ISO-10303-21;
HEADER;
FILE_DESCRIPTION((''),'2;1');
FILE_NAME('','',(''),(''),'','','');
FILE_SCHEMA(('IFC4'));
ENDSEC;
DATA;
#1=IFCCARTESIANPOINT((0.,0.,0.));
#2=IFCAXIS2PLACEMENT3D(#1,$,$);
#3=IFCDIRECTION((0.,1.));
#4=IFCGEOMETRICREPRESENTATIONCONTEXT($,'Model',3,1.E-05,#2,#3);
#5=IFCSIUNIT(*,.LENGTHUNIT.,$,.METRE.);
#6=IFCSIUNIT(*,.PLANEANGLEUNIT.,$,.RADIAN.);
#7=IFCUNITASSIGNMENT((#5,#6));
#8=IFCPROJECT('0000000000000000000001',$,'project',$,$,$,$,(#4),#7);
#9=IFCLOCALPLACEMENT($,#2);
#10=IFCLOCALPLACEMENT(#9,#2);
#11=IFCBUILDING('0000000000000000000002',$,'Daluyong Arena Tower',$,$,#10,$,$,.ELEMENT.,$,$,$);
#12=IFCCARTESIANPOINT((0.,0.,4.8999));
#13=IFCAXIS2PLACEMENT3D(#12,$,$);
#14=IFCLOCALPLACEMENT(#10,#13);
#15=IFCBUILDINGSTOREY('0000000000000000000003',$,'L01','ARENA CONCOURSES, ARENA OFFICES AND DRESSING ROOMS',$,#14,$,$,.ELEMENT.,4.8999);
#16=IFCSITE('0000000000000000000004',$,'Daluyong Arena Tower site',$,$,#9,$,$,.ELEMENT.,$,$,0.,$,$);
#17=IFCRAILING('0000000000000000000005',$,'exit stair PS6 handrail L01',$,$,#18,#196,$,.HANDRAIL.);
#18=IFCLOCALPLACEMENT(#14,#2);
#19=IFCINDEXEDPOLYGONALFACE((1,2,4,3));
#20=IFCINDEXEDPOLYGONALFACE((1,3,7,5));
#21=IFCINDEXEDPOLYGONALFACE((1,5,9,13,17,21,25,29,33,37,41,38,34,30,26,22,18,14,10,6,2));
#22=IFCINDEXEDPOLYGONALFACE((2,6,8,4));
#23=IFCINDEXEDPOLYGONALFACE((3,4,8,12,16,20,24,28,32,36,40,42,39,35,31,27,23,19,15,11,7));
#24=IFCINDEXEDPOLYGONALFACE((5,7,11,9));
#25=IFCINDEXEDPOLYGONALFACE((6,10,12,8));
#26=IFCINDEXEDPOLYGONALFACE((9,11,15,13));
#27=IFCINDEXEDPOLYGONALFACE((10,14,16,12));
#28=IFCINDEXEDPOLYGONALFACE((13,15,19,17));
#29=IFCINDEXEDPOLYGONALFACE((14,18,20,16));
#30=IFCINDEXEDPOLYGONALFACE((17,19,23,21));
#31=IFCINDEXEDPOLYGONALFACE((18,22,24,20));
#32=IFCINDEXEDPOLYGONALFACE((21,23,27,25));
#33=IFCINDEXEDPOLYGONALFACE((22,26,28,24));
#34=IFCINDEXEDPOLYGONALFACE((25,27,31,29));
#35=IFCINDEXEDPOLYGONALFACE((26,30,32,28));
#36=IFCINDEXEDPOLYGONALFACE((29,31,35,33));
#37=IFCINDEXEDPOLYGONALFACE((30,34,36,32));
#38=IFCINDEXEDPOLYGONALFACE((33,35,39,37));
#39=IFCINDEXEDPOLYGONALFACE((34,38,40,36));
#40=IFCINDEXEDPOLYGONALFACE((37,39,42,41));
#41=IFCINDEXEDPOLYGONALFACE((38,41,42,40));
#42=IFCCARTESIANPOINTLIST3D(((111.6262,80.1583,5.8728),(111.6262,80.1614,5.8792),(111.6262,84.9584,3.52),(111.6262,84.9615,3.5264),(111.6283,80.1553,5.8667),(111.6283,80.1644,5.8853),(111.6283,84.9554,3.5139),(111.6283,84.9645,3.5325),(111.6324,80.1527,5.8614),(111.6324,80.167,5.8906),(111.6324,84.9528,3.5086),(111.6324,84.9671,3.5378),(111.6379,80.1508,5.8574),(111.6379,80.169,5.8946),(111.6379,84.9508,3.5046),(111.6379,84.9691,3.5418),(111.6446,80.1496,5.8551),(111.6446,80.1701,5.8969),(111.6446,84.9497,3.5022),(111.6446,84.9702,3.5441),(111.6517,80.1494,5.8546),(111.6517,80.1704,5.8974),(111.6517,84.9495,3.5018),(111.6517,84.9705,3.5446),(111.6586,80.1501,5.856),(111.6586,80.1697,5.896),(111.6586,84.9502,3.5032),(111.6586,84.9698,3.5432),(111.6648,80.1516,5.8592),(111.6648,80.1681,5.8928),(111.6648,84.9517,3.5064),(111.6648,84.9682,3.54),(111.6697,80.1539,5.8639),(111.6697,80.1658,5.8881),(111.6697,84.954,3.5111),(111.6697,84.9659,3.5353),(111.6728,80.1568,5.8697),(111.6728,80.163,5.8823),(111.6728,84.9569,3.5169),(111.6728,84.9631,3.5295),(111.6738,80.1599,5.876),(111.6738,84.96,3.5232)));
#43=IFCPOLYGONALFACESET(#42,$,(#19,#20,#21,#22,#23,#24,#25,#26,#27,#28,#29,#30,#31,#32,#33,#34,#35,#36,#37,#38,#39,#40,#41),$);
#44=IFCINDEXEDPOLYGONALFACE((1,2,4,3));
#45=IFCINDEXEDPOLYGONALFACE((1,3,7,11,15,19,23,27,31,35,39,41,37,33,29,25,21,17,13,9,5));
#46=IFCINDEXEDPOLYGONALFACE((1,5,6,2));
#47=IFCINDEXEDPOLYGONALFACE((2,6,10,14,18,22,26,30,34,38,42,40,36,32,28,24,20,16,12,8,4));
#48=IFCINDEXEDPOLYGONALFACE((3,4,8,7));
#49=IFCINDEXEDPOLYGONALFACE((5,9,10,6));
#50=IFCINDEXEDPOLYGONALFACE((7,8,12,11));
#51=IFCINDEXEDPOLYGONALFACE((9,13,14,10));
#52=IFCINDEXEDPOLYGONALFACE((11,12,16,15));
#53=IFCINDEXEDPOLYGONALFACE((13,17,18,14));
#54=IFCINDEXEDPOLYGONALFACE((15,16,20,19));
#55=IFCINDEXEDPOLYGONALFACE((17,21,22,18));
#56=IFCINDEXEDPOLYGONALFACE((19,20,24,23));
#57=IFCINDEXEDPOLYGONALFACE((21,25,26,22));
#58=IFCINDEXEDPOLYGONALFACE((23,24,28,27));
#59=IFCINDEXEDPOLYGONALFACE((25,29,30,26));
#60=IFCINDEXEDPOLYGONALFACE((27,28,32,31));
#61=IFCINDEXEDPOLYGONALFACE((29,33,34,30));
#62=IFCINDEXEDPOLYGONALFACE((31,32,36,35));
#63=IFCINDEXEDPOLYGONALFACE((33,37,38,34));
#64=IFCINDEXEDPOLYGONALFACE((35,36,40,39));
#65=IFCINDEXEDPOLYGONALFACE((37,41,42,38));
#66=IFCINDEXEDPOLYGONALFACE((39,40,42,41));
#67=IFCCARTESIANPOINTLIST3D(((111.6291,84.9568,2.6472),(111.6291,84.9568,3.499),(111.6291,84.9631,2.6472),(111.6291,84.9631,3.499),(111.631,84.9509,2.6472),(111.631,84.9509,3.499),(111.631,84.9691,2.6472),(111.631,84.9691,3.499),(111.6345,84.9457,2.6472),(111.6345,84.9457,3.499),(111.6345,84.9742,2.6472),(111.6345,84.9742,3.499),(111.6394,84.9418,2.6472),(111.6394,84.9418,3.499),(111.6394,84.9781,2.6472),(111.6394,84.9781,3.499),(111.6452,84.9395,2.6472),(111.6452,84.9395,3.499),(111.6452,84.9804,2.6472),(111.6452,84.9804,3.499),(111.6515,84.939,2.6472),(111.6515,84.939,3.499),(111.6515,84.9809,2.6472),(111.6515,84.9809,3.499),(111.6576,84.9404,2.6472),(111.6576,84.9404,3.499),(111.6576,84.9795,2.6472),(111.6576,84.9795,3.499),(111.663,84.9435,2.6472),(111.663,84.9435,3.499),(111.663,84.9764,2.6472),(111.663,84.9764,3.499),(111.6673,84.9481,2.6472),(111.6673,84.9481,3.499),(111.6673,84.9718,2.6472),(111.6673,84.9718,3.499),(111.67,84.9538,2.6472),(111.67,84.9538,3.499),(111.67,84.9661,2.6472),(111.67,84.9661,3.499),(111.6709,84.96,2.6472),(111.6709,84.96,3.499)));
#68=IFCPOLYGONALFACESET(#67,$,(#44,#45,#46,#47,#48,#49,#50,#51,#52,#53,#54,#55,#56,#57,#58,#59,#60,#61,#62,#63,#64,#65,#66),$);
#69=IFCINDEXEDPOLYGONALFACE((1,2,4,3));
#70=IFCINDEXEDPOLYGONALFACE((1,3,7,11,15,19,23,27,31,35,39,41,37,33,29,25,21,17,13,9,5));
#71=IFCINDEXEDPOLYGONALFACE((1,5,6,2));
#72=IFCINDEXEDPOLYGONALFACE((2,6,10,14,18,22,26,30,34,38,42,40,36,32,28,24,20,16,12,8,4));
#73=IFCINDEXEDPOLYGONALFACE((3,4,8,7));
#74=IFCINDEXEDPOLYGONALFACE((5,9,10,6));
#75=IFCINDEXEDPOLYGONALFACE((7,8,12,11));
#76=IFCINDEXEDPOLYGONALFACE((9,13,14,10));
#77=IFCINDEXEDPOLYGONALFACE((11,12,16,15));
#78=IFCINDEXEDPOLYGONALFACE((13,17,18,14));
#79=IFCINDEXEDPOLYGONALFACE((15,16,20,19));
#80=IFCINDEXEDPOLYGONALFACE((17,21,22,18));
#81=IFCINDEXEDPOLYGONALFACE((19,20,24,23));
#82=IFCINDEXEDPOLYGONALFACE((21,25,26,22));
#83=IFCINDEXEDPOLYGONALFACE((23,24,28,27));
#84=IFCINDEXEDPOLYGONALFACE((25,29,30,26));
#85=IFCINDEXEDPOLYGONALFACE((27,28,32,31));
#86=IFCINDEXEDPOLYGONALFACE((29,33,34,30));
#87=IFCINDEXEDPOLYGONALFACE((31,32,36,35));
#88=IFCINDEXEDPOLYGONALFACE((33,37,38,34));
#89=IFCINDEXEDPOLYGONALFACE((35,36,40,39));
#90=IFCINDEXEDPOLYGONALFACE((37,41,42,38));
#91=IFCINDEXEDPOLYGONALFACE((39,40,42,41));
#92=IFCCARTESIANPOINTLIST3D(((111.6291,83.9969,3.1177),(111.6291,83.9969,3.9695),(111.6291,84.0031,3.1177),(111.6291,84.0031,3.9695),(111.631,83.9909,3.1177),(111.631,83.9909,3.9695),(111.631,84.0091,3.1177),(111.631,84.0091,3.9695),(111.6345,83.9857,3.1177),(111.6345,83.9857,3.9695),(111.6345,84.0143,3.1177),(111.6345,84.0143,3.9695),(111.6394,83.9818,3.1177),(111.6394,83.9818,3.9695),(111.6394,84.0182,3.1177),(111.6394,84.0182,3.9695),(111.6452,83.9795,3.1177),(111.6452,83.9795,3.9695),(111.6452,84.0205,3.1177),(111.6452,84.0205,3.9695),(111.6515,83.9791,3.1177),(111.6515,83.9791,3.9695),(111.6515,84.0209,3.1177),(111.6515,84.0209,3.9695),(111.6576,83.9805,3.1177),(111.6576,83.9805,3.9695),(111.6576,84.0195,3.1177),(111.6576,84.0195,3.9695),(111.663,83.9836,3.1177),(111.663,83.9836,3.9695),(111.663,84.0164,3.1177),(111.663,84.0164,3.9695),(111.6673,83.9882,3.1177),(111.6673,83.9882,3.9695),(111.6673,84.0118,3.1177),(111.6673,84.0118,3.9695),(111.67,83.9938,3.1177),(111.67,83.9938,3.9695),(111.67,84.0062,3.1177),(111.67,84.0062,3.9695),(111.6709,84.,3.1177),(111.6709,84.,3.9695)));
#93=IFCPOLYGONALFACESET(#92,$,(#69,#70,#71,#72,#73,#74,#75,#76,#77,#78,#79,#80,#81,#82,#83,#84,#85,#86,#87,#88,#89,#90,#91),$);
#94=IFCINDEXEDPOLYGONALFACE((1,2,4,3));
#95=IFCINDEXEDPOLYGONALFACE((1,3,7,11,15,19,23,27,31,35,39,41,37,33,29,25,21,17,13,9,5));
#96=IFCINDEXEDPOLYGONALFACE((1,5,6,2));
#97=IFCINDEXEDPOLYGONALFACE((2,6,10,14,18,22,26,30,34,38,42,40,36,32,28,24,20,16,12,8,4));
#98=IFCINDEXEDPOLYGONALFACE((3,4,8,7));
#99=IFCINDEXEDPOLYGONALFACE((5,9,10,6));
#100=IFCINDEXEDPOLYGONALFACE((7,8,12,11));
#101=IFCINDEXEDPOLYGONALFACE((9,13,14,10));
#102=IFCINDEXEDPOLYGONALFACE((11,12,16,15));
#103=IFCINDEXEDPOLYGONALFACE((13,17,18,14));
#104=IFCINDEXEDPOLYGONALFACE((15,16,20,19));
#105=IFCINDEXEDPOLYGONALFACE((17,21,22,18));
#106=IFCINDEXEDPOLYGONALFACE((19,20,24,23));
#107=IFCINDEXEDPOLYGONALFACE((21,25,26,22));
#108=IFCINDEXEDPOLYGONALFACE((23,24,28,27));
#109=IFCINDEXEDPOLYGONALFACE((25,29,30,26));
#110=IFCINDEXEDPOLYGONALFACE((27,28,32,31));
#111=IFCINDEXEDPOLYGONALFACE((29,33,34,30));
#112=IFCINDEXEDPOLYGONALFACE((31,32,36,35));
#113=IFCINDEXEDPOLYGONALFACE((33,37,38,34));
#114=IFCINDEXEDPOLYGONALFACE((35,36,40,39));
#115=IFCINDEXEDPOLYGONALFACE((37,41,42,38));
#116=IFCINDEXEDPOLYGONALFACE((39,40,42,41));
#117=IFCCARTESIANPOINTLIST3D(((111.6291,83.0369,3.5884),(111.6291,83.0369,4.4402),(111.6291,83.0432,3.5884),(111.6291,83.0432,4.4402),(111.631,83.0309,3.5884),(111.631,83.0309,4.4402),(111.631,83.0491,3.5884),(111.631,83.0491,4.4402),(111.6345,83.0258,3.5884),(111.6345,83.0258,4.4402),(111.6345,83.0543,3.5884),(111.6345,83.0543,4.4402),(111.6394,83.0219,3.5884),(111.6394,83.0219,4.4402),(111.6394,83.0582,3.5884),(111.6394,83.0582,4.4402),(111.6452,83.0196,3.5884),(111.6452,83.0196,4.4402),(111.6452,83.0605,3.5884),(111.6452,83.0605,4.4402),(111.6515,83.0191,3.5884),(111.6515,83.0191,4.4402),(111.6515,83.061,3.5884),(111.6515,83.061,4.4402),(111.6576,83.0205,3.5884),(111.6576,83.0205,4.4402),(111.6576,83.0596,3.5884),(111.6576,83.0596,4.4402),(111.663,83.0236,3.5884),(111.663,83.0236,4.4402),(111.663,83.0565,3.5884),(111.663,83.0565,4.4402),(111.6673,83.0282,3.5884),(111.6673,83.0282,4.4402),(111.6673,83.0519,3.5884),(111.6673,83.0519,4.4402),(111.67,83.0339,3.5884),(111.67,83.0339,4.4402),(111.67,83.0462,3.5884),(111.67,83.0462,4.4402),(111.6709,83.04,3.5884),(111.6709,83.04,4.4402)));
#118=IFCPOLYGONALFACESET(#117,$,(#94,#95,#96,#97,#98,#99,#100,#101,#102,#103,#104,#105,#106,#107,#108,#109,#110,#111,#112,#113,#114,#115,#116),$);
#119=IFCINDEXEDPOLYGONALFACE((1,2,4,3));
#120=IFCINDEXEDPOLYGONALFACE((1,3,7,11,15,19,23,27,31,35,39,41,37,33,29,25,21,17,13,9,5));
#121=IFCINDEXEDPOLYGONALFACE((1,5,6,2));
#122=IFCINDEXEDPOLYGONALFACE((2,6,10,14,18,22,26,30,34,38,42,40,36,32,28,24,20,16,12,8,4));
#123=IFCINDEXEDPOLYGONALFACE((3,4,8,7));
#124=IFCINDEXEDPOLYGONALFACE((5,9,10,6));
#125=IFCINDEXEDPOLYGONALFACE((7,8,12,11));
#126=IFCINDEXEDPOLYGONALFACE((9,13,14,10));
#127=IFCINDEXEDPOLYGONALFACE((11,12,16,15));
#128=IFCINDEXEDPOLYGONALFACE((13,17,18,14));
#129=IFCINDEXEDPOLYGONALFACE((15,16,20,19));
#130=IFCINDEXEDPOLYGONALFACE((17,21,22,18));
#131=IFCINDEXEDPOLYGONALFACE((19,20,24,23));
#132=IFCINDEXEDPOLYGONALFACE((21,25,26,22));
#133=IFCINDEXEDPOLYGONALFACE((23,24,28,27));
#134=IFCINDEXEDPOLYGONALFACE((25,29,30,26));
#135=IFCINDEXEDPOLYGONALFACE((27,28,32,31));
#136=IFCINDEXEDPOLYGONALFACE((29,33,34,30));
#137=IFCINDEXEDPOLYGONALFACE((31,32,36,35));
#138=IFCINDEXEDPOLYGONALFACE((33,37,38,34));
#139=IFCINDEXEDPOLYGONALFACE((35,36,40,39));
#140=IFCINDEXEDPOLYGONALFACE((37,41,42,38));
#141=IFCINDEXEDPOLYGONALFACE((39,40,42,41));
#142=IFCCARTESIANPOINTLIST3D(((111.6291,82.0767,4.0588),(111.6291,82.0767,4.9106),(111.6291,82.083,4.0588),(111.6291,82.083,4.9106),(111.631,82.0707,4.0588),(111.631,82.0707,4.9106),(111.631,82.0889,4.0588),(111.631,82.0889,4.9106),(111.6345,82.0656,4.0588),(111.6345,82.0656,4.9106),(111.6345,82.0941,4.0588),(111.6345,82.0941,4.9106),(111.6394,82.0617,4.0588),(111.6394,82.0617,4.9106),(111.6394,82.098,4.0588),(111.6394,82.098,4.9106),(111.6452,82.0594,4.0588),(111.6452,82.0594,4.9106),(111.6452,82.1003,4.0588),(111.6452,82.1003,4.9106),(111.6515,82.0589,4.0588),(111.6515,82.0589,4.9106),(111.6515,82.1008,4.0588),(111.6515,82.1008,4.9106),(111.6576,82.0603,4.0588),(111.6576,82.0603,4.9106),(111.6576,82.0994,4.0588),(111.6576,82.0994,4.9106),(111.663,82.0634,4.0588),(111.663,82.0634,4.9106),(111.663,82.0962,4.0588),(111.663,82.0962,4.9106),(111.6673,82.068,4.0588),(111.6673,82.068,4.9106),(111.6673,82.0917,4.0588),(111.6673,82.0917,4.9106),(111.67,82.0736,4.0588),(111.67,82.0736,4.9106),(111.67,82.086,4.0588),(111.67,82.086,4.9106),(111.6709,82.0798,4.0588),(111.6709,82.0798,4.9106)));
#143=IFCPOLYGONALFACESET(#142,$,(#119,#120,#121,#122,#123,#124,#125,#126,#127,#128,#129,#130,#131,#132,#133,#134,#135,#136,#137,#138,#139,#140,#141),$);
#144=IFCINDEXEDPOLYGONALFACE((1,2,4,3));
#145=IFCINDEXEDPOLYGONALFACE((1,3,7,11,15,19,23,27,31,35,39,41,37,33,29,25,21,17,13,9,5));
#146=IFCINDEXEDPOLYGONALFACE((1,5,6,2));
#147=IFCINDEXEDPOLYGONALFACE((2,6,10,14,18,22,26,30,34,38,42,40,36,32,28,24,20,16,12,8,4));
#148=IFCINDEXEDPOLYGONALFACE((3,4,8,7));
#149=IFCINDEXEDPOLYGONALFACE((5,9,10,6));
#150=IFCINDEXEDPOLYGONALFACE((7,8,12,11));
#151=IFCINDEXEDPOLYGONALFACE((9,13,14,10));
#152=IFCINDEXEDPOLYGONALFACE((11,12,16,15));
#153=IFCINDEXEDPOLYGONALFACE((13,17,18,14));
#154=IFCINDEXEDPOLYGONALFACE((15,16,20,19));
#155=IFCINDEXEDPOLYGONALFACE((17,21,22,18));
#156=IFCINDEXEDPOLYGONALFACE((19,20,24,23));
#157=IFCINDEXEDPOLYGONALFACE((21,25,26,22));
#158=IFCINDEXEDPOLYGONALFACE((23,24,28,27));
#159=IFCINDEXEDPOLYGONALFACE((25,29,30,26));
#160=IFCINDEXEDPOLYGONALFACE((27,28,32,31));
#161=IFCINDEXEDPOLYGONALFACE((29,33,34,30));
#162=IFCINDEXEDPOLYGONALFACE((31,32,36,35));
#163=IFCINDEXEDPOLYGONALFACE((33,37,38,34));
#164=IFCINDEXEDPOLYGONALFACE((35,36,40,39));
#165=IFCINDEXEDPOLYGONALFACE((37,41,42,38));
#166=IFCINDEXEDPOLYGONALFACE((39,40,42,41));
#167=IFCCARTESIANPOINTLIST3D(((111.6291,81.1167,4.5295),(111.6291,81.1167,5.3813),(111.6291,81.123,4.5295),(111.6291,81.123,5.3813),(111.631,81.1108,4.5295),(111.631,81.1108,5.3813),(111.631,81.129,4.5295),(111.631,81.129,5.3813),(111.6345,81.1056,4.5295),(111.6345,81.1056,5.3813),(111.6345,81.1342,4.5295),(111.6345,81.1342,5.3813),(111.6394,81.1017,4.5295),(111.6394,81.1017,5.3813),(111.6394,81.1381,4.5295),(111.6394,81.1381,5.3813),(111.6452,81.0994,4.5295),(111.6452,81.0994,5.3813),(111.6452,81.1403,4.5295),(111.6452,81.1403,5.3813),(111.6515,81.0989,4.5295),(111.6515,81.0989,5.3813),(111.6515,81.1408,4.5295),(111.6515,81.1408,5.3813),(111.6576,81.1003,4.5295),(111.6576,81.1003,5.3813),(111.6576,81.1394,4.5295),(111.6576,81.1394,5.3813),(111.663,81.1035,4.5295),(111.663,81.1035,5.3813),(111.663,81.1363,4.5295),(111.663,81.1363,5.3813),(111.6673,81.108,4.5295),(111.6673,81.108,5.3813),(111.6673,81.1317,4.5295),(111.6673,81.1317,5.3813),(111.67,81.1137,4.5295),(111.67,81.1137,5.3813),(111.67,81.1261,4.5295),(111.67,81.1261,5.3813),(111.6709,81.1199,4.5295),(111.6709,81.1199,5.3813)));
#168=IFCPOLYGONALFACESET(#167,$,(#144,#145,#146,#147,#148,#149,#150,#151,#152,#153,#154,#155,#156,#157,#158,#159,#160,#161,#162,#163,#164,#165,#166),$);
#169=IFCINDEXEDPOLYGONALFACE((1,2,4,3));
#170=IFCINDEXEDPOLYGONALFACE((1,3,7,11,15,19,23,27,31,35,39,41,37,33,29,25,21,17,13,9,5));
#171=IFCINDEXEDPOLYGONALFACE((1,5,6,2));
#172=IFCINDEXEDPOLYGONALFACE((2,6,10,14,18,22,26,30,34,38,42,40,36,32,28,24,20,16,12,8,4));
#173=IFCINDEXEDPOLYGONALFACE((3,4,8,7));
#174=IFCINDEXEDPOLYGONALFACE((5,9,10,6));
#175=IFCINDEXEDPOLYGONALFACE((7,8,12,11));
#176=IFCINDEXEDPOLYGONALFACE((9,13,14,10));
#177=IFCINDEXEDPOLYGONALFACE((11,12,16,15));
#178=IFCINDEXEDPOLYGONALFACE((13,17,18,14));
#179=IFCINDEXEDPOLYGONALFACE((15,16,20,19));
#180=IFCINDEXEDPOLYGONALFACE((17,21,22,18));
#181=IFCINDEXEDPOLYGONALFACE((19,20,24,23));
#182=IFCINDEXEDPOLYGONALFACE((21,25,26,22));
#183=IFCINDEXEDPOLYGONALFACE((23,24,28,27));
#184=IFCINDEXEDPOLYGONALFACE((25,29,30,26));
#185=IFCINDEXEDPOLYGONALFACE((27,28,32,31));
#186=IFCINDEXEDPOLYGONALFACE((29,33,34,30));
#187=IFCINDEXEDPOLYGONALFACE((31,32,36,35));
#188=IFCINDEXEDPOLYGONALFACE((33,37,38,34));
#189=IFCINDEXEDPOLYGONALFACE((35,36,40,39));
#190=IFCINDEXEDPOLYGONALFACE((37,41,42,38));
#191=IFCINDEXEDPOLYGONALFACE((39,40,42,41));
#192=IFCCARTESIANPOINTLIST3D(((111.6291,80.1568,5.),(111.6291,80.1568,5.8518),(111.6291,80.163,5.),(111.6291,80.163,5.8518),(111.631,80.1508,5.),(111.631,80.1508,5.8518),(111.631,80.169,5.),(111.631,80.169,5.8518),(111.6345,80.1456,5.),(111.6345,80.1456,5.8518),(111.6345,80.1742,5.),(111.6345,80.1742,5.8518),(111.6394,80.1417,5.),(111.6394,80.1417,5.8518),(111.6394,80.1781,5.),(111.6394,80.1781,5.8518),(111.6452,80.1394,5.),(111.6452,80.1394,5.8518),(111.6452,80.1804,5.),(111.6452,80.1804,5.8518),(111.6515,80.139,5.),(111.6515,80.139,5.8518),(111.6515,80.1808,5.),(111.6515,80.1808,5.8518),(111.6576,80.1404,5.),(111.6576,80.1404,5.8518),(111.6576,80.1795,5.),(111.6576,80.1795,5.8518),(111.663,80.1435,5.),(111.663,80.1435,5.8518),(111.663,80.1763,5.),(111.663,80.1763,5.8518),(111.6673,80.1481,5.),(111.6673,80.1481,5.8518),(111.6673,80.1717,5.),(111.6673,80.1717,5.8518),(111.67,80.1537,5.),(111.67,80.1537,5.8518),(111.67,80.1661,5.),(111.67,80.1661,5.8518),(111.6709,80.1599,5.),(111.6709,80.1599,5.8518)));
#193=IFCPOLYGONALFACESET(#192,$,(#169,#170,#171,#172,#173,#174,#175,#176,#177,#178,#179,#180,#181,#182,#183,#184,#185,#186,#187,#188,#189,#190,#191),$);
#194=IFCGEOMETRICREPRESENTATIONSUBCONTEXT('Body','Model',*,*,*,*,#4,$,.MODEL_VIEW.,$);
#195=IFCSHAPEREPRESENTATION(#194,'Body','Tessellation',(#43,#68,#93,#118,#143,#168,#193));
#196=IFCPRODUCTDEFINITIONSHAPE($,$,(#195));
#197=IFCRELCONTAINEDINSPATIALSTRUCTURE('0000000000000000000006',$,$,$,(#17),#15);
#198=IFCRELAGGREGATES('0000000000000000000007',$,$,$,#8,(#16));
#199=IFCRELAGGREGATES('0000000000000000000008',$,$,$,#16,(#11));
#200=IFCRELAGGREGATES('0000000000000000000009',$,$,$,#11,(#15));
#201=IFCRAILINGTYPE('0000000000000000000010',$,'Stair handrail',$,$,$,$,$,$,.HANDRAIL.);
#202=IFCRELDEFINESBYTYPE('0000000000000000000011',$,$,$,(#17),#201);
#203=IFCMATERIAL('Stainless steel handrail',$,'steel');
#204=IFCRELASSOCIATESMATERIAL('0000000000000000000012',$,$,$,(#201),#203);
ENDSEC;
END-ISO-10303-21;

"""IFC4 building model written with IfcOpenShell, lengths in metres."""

from ifc_helpers import new_model, si_unit, direction, frame, origin, origin_2d, place, context, subcontext, project, spatial, circle, extrude, material, type_object, element, save


model = new_model("IFC4")

# Units and contexts
model_context = context("Model", 3, precision=1e-05, world=origin(), true_north=direction((0.0, 1.0)))
body_context = subcontext(model_context, "Body", "Model", "MODEL_VIEW")
ifc_project = project(units=[si_unit("LENGTHUNIT", "METRE"), si_unit("PLANEANGLEUNIT", "RADIAN")], contexts=[model_context])

# Site, building, storey
site_placement = place(None, origin())
site = spatial("IfcSite", under=ifc_project, at=site_placement, Name="Daluyong Arena Tower site", CompositionType="ELEMENT", RefElevation=0.0)
building_placement = place(site_placement, origin())
building = spatial("IfcBuilding", under=site, at=building_placement, Name="Daluyong Arena Tower", CompositionType="ELEMENT")
storey_placement = place(building_placement, frame((0.0, 0.0, 4.8999)))
storey = spatial("IfcBuildingStorey", under=building, at=storey_placement, Name="L01", Description="ARENA CONCOURSES, ARENA OFFICES AND DRESSING ROOMS", CompositionType="ELEMENT", Elevation=4.8999)

# Railing
ifc_material_1 = material(Name="Stainless steel handrail", Category="steel")
railing_type_1 = type_object("IfcRailingType", Name="Stair handrail", PredefinedType="HANDRAIL", material=ifc_material_1)
railing_1_placement = place(storey_placement, frame((111.6499, 84.96, 2.6472)))
element("IfcRailing", 1, at=railing_1_placement, inside=storey, type_object=railing_type_1, Name="exit stair PS6 handrail L01", PredefinedType="HANDRAIL", context=body_context, shape_type="SweptSolid", body=[
    extrude(circle(Radius=0.0239, at=origin_2d()), frame((0.0, 0.0, 0.876), z_axis=(0.0, -0.897934, 0.44013), x_axis=(1.0, 0.0, 0.0)), (0.0, 0.0, 1.0), 5.3457),
    extrude(circle(Radius=0.021, at=origin_2d()), origin(), (0.0, 0.0, 1.0), 0.8518),
    extrude(circle(Radius=0.021, at=origin_2d()), frame((0.0, -0.96, 0.4705)), (0.0, 0.0, 1.0), 0.8518),
    extrude(circle(Radius=0.021, at=origin_2d()), frame((0.0, -1.9199, 0.9412)), (0.0, 0.0, 1.0), 0.8518),
    extrude(circle(Radius=0.021, at=origin_2d()), frame((0.0, -2.8801, 1.4116)), (0.0, 0.0, 1.0), 0.8518),
    extrude(circle(Radius=0.021, at=origin_2d()), frame((0.0, -3.8401, 1.8823)), (0.0, 0.0, 1.0), 0.8518),
    extrude(circle(Radius=0.021, at=origin_2d()), frame((0.0, -4.8, 2.3528)), (0.0, 0.0, 1.0), 0.8518),
])

save(model, "model.ifc")
